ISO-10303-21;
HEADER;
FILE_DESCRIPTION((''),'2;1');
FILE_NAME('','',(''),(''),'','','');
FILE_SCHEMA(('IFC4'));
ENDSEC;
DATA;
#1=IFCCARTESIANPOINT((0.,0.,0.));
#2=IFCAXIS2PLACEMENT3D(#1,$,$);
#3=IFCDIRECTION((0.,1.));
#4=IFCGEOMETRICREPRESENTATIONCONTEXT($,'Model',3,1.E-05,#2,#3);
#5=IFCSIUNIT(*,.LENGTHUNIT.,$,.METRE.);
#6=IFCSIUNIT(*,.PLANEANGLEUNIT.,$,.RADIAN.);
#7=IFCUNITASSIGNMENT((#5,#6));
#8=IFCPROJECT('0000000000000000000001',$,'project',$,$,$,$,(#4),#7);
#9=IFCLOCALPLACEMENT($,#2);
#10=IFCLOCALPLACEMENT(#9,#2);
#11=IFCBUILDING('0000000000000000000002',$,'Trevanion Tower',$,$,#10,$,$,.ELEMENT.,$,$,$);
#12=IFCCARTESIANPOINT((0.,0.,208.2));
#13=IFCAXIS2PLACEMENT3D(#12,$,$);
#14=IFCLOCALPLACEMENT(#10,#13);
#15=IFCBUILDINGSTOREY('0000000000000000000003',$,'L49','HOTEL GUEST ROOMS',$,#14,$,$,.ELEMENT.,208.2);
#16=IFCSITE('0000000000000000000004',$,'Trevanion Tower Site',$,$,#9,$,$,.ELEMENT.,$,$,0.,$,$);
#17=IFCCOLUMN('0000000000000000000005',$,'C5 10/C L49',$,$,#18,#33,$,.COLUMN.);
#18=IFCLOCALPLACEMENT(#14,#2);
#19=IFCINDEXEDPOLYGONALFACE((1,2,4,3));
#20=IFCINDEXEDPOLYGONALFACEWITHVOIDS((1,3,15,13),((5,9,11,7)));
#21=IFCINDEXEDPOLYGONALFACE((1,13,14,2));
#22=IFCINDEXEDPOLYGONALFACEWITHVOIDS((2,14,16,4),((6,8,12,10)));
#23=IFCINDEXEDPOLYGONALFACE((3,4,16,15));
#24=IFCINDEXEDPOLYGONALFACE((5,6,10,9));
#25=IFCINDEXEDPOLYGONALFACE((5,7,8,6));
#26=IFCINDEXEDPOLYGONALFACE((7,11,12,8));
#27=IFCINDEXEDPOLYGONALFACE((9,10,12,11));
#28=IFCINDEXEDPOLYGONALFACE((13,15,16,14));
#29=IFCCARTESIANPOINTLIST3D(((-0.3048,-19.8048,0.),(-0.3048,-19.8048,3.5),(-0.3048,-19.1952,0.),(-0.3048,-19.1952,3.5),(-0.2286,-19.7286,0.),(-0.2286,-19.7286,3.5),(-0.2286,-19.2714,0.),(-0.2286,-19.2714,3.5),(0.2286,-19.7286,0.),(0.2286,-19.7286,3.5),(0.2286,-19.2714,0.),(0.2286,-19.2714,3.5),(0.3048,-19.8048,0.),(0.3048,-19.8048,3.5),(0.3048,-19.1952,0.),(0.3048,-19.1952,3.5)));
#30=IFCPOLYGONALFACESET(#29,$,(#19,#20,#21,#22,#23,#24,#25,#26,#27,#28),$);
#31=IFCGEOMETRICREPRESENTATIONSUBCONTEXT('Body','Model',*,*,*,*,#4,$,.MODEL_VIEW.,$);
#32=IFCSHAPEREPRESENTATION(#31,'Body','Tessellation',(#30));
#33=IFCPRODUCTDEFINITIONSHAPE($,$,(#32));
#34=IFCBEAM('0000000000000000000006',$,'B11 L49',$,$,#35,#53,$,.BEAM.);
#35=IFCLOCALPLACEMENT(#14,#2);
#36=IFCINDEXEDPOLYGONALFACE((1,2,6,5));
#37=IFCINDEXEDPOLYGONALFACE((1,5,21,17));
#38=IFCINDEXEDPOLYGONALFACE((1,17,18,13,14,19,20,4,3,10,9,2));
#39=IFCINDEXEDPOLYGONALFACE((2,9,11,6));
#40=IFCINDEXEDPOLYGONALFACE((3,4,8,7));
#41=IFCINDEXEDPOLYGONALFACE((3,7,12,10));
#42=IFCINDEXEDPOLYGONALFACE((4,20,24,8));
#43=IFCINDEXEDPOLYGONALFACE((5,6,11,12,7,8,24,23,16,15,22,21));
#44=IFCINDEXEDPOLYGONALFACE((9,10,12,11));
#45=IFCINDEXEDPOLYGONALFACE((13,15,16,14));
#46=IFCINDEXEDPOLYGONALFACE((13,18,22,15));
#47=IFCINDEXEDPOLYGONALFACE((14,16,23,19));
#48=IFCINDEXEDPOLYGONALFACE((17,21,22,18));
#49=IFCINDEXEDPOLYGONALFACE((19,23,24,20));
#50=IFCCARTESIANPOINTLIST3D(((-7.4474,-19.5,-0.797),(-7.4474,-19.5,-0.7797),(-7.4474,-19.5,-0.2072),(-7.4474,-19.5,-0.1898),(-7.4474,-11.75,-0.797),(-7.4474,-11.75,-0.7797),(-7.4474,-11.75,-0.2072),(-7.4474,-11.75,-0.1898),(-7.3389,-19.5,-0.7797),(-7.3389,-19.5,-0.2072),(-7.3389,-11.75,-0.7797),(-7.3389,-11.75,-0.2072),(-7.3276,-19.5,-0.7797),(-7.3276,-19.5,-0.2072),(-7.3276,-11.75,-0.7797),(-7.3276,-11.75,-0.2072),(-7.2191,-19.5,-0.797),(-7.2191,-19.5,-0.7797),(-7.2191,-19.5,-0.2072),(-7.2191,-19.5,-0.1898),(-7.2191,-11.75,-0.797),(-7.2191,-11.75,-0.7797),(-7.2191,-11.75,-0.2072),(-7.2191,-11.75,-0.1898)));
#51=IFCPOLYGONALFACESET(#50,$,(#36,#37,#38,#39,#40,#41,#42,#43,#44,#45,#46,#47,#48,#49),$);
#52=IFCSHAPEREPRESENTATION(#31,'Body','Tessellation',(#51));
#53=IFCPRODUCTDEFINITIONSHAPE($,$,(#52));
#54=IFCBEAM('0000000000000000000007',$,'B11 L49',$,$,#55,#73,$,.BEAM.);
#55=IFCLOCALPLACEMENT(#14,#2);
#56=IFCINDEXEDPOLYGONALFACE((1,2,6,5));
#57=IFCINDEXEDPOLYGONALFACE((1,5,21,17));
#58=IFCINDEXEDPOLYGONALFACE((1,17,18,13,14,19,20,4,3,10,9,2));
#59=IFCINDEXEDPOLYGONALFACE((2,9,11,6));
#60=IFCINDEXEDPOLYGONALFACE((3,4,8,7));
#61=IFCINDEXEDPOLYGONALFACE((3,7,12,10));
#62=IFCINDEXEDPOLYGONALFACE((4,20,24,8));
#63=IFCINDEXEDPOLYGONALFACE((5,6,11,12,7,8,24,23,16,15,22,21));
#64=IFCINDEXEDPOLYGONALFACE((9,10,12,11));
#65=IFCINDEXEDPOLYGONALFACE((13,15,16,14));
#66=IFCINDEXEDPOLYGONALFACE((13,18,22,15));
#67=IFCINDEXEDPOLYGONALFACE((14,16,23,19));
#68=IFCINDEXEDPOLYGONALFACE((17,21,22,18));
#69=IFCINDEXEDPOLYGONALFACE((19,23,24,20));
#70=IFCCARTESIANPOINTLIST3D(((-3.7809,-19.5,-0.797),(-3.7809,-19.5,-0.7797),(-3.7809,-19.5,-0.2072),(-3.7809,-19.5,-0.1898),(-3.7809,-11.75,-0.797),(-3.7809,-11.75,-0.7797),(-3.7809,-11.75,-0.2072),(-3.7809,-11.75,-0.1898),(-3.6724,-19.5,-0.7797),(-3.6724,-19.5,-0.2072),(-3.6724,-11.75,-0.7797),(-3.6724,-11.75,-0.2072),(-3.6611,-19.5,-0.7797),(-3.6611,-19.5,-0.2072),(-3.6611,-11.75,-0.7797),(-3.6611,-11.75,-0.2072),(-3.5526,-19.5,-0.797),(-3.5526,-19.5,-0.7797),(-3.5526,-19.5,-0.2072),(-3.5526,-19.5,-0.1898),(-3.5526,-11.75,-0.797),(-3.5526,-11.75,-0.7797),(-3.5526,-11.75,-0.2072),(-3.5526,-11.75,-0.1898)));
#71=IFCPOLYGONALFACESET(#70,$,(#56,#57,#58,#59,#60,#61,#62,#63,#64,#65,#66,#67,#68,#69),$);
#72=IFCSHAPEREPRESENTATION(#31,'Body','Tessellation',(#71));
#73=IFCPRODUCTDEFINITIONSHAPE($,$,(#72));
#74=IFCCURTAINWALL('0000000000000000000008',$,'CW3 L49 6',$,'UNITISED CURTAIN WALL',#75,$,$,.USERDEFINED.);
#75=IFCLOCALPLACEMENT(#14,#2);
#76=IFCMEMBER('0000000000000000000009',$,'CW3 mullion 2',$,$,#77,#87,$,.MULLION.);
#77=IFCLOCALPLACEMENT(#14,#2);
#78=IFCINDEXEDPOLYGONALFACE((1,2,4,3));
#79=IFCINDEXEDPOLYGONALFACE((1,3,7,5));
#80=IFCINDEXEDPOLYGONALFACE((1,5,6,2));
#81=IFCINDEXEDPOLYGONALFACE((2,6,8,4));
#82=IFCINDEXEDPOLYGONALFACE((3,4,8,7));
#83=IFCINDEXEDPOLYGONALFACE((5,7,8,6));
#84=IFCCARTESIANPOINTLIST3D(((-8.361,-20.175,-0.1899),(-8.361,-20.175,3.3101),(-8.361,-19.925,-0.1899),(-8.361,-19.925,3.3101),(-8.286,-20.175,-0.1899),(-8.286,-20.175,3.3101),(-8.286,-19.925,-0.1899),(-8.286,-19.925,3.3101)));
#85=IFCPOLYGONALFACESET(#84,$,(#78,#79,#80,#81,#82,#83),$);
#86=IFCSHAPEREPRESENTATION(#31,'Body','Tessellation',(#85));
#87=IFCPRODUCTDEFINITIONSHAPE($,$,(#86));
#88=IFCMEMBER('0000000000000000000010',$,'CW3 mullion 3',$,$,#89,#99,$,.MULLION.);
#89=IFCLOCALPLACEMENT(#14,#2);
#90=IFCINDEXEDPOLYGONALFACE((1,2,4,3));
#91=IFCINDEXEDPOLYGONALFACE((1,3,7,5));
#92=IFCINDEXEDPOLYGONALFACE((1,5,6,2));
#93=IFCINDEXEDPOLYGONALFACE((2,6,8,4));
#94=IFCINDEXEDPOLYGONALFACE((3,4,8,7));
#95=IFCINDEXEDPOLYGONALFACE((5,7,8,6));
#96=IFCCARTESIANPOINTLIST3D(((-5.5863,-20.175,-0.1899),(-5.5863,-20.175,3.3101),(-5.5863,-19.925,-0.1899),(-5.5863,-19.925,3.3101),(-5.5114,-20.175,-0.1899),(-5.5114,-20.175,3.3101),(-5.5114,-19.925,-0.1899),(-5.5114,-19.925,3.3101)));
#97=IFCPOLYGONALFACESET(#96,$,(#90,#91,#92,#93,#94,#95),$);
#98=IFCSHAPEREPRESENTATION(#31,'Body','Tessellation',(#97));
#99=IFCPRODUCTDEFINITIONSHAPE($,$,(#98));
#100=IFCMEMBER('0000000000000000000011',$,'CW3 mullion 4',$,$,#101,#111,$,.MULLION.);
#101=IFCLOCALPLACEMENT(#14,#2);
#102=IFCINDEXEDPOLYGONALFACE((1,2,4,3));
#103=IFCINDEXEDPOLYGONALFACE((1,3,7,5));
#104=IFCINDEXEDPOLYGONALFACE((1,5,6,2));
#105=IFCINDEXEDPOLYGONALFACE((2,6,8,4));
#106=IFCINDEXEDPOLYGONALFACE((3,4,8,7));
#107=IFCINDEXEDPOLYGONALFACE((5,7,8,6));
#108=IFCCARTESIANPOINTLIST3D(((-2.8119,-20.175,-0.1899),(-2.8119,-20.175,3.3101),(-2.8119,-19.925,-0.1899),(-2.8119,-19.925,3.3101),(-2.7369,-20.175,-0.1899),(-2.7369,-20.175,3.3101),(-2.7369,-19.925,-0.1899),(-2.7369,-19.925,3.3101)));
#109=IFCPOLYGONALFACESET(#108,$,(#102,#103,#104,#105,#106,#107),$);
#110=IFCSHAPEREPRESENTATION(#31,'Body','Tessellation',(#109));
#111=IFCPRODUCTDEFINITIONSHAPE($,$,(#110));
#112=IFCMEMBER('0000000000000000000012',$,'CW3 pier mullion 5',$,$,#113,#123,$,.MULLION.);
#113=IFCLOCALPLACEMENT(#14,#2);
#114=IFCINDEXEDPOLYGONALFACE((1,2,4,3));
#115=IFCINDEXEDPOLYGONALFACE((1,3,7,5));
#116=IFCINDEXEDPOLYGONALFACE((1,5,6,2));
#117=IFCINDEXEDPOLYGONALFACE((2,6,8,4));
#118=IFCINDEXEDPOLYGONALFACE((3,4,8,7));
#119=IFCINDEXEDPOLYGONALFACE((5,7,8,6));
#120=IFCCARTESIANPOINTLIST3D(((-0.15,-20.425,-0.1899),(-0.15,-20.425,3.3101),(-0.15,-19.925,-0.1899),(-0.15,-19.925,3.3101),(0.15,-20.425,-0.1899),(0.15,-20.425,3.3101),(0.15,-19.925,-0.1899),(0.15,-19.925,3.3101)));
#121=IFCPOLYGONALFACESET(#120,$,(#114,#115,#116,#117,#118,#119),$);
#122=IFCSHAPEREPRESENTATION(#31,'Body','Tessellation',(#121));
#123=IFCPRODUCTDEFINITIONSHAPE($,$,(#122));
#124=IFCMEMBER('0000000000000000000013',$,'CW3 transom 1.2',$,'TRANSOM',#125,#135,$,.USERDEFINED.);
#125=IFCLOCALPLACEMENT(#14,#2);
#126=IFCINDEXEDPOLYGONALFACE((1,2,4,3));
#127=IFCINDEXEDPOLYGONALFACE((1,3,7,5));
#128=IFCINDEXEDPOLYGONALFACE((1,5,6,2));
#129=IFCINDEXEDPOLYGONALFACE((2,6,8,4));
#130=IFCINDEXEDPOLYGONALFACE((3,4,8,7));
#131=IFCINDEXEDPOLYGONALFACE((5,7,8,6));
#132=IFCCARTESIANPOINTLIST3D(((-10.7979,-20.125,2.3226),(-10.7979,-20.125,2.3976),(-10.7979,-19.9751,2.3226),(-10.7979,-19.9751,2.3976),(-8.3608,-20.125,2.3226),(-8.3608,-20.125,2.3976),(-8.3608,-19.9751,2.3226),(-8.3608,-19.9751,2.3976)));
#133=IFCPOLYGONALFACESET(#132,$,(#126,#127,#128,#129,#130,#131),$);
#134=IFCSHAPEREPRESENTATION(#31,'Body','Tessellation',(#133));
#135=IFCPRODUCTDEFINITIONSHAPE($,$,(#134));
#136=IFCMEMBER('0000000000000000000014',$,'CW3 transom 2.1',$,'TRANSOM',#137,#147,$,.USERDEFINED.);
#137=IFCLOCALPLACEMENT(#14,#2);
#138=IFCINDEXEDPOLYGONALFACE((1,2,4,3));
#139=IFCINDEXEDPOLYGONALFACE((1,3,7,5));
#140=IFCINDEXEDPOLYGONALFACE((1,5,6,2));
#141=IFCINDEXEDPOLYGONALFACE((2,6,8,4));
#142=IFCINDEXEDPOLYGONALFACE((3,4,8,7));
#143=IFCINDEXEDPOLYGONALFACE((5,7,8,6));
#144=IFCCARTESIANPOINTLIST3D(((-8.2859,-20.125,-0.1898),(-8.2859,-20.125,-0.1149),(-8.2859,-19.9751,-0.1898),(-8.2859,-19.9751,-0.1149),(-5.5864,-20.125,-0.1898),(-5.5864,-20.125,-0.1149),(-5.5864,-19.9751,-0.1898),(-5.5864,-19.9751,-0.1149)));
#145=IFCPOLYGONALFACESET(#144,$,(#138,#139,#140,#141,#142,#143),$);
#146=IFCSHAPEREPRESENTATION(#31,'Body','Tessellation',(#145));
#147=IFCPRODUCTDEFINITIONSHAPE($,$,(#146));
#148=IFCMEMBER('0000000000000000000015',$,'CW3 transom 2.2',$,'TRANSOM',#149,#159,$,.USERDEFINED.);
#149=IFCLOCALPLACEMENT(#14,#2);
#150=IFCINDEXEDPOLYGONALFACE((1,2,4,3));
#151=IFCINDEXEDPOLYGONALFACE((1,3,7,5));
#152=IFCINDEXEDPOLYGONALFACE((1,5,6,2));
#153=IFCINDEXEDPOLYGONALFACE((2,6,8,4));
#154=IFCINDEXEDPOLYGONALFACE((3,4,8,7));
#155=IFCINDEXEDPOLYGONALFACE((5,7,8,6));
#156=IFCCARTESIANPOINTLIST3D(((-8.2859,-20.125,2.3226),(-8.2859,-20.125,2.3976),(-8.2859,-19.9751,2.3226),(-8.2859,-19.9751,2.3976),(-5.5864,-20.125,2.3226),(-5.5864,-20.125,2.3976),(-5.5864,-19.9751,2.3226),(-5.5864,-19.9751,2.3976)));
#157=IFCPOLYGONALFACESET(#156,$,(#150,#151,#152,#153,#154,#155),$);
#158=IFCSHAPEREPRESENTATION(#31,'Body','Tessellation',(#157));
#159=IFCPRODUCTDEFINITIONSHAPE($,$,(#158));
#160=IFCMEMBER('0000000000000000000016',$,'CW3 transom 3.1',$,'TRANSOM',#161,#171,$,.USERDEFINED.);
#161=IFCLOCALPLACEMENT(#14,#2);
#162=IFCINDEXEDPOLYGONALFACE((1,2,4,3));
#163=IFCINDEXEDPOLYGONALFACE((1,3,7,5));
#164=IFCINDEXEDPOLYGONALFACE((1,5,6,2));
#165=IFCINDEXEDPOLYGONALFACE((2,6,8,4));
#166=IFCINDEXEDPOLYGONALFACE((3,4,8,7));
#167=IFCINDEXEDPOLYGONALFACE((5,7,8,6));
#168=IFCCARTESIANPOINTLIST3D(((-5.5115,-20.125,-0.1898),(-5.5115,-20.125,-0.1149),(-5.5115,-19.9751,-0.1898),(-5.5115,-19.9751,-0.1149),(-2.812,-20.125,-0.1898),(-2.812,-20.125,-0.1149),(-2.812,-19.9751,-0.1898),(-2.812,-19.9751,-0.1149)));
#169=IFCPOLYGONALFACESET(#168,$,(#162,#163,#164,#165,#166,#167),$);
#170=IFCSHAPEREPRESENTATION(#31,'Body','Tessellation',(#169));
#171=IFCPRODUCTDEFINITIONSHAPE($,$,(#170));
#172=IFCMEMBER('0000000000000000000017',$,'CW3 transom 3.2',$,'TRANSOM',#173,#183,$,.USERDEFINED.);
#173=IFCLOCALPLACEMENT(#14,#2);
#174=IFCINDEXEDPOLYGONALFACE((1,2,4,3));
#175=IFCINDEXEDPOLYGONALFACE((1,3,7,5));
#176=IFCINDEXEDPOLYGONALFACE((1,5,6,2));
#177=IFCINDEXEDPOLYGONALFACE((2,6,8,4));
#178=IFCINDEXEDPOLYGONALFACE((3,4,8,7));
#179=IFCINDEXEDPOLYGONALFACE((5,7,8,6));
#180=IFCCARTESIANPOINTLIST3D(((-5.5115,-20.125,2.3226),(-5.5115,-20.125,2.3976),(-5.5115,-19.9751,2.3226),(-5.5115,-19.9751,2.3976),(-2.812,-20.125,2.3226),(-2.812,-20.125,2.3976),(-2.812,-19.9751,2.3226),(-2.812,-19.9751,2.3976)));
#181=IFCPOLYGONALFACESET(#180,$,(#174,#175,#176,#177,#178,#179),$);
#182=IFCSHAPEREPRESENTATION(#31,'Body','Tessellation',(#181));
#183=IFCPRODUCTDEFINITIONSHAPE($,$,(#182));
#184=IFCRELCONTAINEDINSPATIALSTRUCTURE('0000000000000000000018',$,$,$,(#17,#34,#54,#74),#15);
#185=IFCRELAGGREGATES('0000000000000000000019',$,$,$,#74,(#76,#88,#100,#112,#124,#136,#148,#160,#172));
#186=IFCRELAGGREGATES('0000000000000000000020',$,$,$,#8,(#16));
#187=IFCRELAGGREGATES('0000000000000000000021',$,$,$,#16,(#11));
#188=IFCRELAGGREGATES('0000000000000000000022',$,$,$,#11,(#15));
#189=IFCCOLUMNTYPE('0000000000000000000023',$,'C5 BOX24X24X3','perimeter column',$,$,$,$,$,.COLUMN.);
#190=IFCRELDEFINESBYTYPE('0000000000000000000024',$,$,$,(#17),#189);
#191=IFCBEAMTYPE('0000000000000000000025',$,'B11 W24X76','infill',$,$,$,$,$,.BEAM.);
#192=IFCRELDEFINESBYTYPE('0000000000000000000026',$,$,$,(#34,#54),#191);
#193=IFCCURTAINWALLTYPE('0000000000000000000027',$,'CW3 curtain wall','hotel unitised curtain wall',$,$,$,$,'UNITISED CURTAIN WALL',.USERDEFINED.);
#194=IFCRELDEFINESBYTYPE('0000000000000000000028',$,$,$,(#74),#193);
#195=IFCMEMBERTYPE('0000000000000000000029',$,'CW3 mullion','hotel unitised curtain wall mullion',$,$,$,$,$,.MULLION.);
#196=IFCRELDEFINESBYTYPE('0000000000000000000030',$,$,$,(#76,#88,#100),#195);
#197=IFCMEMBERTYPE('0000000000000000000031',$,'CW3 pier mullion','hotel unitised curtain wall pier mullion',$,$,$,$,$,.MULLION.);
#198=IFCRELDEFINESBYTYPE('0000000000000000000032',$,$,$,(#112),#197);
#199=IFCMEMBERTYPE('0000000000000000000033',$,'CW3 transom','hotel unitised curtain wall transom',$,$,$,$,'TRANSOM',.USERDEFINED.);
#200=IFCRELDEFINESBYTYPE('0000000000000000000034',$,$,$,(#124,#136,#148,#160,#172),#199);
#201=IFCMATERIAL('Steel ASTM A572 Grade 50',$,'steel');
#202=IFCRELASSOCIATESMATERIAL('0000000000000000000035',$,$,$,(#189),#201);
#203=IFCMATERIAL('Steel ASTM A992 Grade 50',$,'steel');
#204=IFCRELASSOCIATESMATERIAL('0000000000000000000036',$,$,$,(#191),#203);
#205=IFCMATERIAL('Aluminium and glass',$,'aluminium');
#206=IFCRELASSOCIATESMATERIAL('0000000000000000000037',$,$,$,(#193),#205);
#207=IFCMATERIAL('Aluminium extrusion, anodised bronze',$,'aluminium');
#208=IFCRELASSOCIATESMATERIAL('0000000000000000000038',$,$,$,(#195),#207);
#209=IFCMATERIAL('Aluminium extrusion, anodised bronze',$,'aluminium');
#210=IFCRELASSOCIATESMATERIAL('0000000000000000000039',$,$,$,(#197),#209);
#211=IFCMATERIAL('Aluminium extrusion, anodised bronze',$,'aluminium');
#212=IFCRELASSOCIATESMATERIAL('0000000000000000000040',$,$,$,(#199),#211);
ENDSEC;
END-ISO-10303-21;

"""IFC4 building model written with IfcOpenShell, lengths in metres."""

from ifc_helpers import new_model, si_unit, direction, frame, origin, origin_2d, place, context, subcontext, project, spatial, rectangle, hollow_rectangle, i_section, extrude, material, material_profile, profile_set, type_object, element, aggregate, save


model = new_model("IFC4")

# Units and contexts
model_context = context("Model", 3, precision=1e-05, world=origin(), true_north=direction((0.0, 1.0)))
body_context = subcontext(model_context, "Body", "Model", "MODEL_VIEW")
ifc_project = project(units=[si_unit("LENGTHUNIT", "METRE"), si_unit("PLANEANGLEUNIT", "RADIAN")], contexts=[model_context])

# Site, building, storey
site_placement = place(None, origin())
site = spatial("IfcSite", under=ifc_project, at=site_placement, Name="Trevanion Tower Site", CompositionType="ELEMENT", RefElevation=0.0)
building_placement = place(site_placement, origin())
building = spatial("IfcBuilding", under=site, at=building_placement, Name="Trevanion Tower", CompositionType="ELEMENT")
storey_placement = place(building_placement, frame((0.0, 0.0, 208.2)))
storey = spatial("IfcBuildingStorey", under=building, at=storey_placement, Name="L49", Description="HOTEL GUEST ROOMS", CompositionType="ELEMENT", Elevation=208.2)

# Column
ifc_material_1 = material(Name="Steel ASTM A572 Grade 50", Category="steel")
ifc_material_profile_1 = material_profile(ifc_material_1, hollow_rectangle(XDim=0.6096, YDim=0.6096, WallThickness=0.0762, at=origin_2d()), Name="BOX24X24X3")
ifc_profile_set_1 = profile_set([ifc_material_profile_1], Name="Steel ASTM A572 Grade 50")
column_type = type_object("IfcColumnType", Name="C5 BOX24X24X3", Description="perimeter column", PredefinedType="COLUMN", material=ifc_profile_set_1)
column_placement = place(storey_placement, frame((0.0, -19.5, 0.0), z_axis=(0.0, 0.0, 1.0), x_axis=(1.0, 0.0, 0.0)))
element("IfcColumn", 1, at=column_placement, inside=storey, type_object=column_type, Name="C5 10/C L49", PredefinedType="COLUMN", context=body_context, shape_type="SweptSolid", body=[
    extrude(hollow_rectangle(XDim=0.6096, YDim=0.6096, WallThickness=0.0762, at=origin_2d()), origin(), (0.0, 0.0, 1.0), 3.5),
])

# Beams
ifc_material_2 = material(Name="Steel ASTM A992 Grade 50", Category="steel")
ifc_material_profile_2 = material_profile(ifc_material_2, i_section(OverallWidth=0.2283, OverallDepth=0.6072, WebThickness=0.0112, FlangeThickness=0.0173, at=origin_2d()), Name="W24X76")
ifc_profile_set_2 = profile_set([ifc_material_profile_2], Name="Steel ASTM A992 Grade 50")
beam_type_1 = type_object("IfcBeamType", Name="B11 W24X76", Description="infill", PredefinedType="BEAM", material=ifc_profile_set_2)
for number, where, z_axis, x_axis, name in (
    (2, (-7.3333, -11.75, -0.4934), (0.0, -1.0, 0.0), (1.0, 0.0, 0.0), "B11 L49"),
    (3, (-3.6667, -11.75, -0.4934), (0.0, -1.0, 0.0), (1.0, 0.0, 0.0), "B11 L49"),
):
    element("IfcBeam", number, at=place(storey_placement, frame(where, z_axis=z_axis, x_axis=x_axis)), inside=storey, type_object=beam_type_1, Name=name, PredefinedType="BEAM", context=body_context, shape_type="SweptSolid", body=[
        extrude(i_section(OverallWidth=0.2283, OverallDepth=0.6072, WebThickness=0.0112, FlangeThickness=0.0173, at=origin_2d()), origin(), (0.0, 0.0, 1.0), 7.75),
    ])

# Curtain wall, members
ifc_material_3 = material(Name="Aluminium and glass", Category="aluminium")
curtain_wall_type = type_object("IfcCurtainWallType", Name="CW3 curtain wall", Description="hotel unitised curtain wall", ElementType="UNITISED CURTAIN WALL", PredefinedType="USERDEFINED", material=ifc_material_3)
curtain_wall_placement = place(storey_placement, origin())
curtain_wall = element("IfcCurtainWall", 4, at=curtain_wall_placement, inside=storey, type_object=curtain_wall_type, Name="CW3 L49 6", ObjectType="UNITISED CURTAIN WALL", PredefinedType="USERDEFINED")
ifc_material_4 = material(Name="Aluminium extrusion, anodised bronze", Category="aluminium")
ifc_material_profile_3 = material_profile(ifc_material_4, rectangle(XDim=0.075, YDim=0.25, at=origin_2d()), Name="CW3 mullion")
ifc_profile_set_3 = profile_set([ifc_material_profile_3], Name="Aluminium extrusion, anodised bronze")
member_type_1 = type_object("IfcMemberType", Name="CW3 mullion", Description="hotel unitised curtain wall mullion", PredefinedType="MULLION", material=ifc_profile_set_3)
member_1_placement = place(storey_placement, frame((-8.3235, -20.05, -0.1899), z_axis=(0.0, 0.0, 1.0), x_axis=(1.0, 0.0, 0.0)))
member_1 = element("IfcMember", 5, at=member_1_placement, type_object=member_type_1, Name="CW3 mullion 2", PredefinedType="MULLION", context=body_context, shape_type="SweptSolid", body=[
    extrude(rectangle(XDim=0.075, YDim=0.25, at=origin_2d()), origin(), (0.0, 0.0, 1.0), 3.5),
])
member_2_placement = place(storey_placement, frame((-5.5488, -20.05, -0.1899), z_axis=(0.0, 0.0, 1.0), x_axis=(1.0, 0.0, 0.0)))
member_2 = element("IfcMember", 6, at=member_2_placement, type_object=member_type_1, Name="CW3 mullion 3", PredefinedType="MULLION", context=body_context, shape_type="SweptSolid", body=[
    extrude(rectangle(XDim=0.075, YDim=0.25, at=origin_2d()), origin(), (0.0, 0.0, 1.0), 3.5),
])
member_3_placement = place(storey_placement, frame((-2.7744, -20.05, -0.1899), z_axis=(0.0, 0.0, 1.0), x_axis=(1.0, 0.0, 0.0)))
member_3 = element("IfcMember", 7, at=member_3_placement, type_object=member_type_1, Name="CW3 mullion 4", PredefinedType="MULLION", context=body_context, shape_type="SweptSolid", body=[
    extrude(rectangle(XDim=0.075, YDim=0.25, at=origin_2d()), origin(), (0.0, 0.0, 1.0), 3.5),
])
ifc_material_5 = material(Name="Aluminium extrusion, anodised bronze", Category="aluminium")
ifc_material_profile_4 = material_profile(ifc_material_5, rectangle(XDim=0.3, YDim=0.5, at=origin_2d()), Name="CW3 pier mullion")
ifc_profile_set_4 = profile_set([ifc_material_profile_4], Name="Aluminium extrusion, anodised bronze")
member_type_2 = type_object("IfcMemberType", Name="CW3 pier mullion", Description="hotel unitised curtain wall pier mullion", PredefinedType="MULLION", material=ifc_profile_set_4)
member_4_placement = place(storey_placement, frame((0.0, -20.175, -0.1899), z_axis=(0.0, 0.0, 1.0), x_axis=(1.0, 0.0, 0.0)))
member_4 = element("IfcMember", 8, at=member_4_placement, type_object=member_type_2, Name="CW3 pier mullion 5", PredefinedType="MULLION", context=body_context, shape_type="SweptSolid", body=[
    extrude(rectangle(XDim=0.3, YDim=0.5, at=origin_2d()), origin(), (0.0, 0.0, 1.0), 3.5),
])
ifc_material_6 = material(Name="Aluminium extrusion, anodised bronze", Category="aluminium")
ifc_material_profile_5 = material_profile(ifc_material_6, rectangle(XDim=0.1499, YDim=0.075, at=origin_2d()), Name="CW3 transom")
ifc_profile_set_5 = profile_set([ifc_material_profile_5], Name="Aluminium extrusion, anodised bronze")
member_type_3 = type_object("IfcMemberType", Name="CW3 transom", Description="hotel unitised curtain wall transom", ElementType="TRANSOM", PredefinedType="USERDEFINED", material=ifc_profile_set_5)
member_5_placement = place(storey_placement, frame((-10.7979, -20.05, 2.3601), z_axis=(1.0, 0.0, 0.0), x_axis=(0.0, 1.0, 0.0)))
member_5 = element("IfcMember", 9, at=member_5_placement, type_object=member_type_3, Name="CW3 transom 1.2", ObjectType="TRANSOM", PredefinedType="USERDEFINED", context=body_context, shape_type="SweptSolid", body=[
    extrude(rectangle(XDim=0.1499, YDim=0.075, at=origin_2d()), origin(), (0.0, 0.0, 1.0), 2.437),
])
member_6_placement = place(storey_placement, frame((-8.2859, -20.05, -0.1523), z_axis=(1.0, 0.0, 0.0), x_axis=(0.0, 1.0, 0.0)))
member_6 = element("IfcMember", 10, at=member_6_placement, type_object=member_type_3, Name="CW3 transom 2.1", ObjectType="TRANSOM", PredefinedType="USERDEFINED", context=body_context, shape_type="SweptSolid", body=[
    extrude(rectangle(XDim=0.1499, YDim=0.075, at=origin_2d()), origin(), (0.0, 0.0, 1.0), 2.6995),
])
member_7_placement = place(storey_placement, frame((-8.2859, -20.05, 2.3601), z_axis=(1.0, 0.0, 0.0), x_axis=(0.0, 1.0, 0.0)))
member_7 = element("IfcMember", 11, at=member_7_placement, type_object=member_type_3, Name="CW3 transom 2.2", ObjectType="TRANSOM", PredefinedType="USERDEFINED", context=body_context, shape_type="SweptSolid", body=[
    extrude(rectangle(XDim=0.1499, YDim=0.075, at=origin_2d()), origin(), (0.0, 0.0, 1.0), 2.6995),
])
member_8_placement = place(storey_placement, frame((-5.5115, -20.05, -0.1523), z_axis=(1.0, 0.0, 0.0), x_axis=(0.0, 1.0, 0.0)))
member_8 = element("IfcMember", 12, at=member_8_placement, type_object=member_type_3, Name="CW3 transom 3.1", ObjectType="TRANSOM", PredefinedType="USERDEFINED", context=body_context, shape_type="SweptSolid", body=[
    extrude(rectangle(XDim=0.1499, YDim=0.075, at=origin_2d()), origin(), (0.0, 0.0, 1.0), 2.6995),
])
member_9_placement = place(storey_placement, frame((-5.5115, -20.05, 2.3601), z_axis=(1.0, 0.0, 0.0), x_axis=(0.0, 1.0, 0.0)))
member_9 = element("IfcMember", 13, at=member_9_placement, type_object=member_type_3, Name="CW3 transom 3.2", ObjectType="TRANSOM", PredefinedType="USERDEFINED", context=body_context, shape_type="SweptSolid", body=[
    extrude(rectangle(XDim=0.1499, YDim=0.075, at=origin_2d()), origin(), (0.0, 0.0, 1.0), 2.6995),
])

aggregate(curtain_wall, [member_1, member_2, member_3, member_4, member_5, member_6, member_7, member_8, member_9])

save(model, "model.ifc")
